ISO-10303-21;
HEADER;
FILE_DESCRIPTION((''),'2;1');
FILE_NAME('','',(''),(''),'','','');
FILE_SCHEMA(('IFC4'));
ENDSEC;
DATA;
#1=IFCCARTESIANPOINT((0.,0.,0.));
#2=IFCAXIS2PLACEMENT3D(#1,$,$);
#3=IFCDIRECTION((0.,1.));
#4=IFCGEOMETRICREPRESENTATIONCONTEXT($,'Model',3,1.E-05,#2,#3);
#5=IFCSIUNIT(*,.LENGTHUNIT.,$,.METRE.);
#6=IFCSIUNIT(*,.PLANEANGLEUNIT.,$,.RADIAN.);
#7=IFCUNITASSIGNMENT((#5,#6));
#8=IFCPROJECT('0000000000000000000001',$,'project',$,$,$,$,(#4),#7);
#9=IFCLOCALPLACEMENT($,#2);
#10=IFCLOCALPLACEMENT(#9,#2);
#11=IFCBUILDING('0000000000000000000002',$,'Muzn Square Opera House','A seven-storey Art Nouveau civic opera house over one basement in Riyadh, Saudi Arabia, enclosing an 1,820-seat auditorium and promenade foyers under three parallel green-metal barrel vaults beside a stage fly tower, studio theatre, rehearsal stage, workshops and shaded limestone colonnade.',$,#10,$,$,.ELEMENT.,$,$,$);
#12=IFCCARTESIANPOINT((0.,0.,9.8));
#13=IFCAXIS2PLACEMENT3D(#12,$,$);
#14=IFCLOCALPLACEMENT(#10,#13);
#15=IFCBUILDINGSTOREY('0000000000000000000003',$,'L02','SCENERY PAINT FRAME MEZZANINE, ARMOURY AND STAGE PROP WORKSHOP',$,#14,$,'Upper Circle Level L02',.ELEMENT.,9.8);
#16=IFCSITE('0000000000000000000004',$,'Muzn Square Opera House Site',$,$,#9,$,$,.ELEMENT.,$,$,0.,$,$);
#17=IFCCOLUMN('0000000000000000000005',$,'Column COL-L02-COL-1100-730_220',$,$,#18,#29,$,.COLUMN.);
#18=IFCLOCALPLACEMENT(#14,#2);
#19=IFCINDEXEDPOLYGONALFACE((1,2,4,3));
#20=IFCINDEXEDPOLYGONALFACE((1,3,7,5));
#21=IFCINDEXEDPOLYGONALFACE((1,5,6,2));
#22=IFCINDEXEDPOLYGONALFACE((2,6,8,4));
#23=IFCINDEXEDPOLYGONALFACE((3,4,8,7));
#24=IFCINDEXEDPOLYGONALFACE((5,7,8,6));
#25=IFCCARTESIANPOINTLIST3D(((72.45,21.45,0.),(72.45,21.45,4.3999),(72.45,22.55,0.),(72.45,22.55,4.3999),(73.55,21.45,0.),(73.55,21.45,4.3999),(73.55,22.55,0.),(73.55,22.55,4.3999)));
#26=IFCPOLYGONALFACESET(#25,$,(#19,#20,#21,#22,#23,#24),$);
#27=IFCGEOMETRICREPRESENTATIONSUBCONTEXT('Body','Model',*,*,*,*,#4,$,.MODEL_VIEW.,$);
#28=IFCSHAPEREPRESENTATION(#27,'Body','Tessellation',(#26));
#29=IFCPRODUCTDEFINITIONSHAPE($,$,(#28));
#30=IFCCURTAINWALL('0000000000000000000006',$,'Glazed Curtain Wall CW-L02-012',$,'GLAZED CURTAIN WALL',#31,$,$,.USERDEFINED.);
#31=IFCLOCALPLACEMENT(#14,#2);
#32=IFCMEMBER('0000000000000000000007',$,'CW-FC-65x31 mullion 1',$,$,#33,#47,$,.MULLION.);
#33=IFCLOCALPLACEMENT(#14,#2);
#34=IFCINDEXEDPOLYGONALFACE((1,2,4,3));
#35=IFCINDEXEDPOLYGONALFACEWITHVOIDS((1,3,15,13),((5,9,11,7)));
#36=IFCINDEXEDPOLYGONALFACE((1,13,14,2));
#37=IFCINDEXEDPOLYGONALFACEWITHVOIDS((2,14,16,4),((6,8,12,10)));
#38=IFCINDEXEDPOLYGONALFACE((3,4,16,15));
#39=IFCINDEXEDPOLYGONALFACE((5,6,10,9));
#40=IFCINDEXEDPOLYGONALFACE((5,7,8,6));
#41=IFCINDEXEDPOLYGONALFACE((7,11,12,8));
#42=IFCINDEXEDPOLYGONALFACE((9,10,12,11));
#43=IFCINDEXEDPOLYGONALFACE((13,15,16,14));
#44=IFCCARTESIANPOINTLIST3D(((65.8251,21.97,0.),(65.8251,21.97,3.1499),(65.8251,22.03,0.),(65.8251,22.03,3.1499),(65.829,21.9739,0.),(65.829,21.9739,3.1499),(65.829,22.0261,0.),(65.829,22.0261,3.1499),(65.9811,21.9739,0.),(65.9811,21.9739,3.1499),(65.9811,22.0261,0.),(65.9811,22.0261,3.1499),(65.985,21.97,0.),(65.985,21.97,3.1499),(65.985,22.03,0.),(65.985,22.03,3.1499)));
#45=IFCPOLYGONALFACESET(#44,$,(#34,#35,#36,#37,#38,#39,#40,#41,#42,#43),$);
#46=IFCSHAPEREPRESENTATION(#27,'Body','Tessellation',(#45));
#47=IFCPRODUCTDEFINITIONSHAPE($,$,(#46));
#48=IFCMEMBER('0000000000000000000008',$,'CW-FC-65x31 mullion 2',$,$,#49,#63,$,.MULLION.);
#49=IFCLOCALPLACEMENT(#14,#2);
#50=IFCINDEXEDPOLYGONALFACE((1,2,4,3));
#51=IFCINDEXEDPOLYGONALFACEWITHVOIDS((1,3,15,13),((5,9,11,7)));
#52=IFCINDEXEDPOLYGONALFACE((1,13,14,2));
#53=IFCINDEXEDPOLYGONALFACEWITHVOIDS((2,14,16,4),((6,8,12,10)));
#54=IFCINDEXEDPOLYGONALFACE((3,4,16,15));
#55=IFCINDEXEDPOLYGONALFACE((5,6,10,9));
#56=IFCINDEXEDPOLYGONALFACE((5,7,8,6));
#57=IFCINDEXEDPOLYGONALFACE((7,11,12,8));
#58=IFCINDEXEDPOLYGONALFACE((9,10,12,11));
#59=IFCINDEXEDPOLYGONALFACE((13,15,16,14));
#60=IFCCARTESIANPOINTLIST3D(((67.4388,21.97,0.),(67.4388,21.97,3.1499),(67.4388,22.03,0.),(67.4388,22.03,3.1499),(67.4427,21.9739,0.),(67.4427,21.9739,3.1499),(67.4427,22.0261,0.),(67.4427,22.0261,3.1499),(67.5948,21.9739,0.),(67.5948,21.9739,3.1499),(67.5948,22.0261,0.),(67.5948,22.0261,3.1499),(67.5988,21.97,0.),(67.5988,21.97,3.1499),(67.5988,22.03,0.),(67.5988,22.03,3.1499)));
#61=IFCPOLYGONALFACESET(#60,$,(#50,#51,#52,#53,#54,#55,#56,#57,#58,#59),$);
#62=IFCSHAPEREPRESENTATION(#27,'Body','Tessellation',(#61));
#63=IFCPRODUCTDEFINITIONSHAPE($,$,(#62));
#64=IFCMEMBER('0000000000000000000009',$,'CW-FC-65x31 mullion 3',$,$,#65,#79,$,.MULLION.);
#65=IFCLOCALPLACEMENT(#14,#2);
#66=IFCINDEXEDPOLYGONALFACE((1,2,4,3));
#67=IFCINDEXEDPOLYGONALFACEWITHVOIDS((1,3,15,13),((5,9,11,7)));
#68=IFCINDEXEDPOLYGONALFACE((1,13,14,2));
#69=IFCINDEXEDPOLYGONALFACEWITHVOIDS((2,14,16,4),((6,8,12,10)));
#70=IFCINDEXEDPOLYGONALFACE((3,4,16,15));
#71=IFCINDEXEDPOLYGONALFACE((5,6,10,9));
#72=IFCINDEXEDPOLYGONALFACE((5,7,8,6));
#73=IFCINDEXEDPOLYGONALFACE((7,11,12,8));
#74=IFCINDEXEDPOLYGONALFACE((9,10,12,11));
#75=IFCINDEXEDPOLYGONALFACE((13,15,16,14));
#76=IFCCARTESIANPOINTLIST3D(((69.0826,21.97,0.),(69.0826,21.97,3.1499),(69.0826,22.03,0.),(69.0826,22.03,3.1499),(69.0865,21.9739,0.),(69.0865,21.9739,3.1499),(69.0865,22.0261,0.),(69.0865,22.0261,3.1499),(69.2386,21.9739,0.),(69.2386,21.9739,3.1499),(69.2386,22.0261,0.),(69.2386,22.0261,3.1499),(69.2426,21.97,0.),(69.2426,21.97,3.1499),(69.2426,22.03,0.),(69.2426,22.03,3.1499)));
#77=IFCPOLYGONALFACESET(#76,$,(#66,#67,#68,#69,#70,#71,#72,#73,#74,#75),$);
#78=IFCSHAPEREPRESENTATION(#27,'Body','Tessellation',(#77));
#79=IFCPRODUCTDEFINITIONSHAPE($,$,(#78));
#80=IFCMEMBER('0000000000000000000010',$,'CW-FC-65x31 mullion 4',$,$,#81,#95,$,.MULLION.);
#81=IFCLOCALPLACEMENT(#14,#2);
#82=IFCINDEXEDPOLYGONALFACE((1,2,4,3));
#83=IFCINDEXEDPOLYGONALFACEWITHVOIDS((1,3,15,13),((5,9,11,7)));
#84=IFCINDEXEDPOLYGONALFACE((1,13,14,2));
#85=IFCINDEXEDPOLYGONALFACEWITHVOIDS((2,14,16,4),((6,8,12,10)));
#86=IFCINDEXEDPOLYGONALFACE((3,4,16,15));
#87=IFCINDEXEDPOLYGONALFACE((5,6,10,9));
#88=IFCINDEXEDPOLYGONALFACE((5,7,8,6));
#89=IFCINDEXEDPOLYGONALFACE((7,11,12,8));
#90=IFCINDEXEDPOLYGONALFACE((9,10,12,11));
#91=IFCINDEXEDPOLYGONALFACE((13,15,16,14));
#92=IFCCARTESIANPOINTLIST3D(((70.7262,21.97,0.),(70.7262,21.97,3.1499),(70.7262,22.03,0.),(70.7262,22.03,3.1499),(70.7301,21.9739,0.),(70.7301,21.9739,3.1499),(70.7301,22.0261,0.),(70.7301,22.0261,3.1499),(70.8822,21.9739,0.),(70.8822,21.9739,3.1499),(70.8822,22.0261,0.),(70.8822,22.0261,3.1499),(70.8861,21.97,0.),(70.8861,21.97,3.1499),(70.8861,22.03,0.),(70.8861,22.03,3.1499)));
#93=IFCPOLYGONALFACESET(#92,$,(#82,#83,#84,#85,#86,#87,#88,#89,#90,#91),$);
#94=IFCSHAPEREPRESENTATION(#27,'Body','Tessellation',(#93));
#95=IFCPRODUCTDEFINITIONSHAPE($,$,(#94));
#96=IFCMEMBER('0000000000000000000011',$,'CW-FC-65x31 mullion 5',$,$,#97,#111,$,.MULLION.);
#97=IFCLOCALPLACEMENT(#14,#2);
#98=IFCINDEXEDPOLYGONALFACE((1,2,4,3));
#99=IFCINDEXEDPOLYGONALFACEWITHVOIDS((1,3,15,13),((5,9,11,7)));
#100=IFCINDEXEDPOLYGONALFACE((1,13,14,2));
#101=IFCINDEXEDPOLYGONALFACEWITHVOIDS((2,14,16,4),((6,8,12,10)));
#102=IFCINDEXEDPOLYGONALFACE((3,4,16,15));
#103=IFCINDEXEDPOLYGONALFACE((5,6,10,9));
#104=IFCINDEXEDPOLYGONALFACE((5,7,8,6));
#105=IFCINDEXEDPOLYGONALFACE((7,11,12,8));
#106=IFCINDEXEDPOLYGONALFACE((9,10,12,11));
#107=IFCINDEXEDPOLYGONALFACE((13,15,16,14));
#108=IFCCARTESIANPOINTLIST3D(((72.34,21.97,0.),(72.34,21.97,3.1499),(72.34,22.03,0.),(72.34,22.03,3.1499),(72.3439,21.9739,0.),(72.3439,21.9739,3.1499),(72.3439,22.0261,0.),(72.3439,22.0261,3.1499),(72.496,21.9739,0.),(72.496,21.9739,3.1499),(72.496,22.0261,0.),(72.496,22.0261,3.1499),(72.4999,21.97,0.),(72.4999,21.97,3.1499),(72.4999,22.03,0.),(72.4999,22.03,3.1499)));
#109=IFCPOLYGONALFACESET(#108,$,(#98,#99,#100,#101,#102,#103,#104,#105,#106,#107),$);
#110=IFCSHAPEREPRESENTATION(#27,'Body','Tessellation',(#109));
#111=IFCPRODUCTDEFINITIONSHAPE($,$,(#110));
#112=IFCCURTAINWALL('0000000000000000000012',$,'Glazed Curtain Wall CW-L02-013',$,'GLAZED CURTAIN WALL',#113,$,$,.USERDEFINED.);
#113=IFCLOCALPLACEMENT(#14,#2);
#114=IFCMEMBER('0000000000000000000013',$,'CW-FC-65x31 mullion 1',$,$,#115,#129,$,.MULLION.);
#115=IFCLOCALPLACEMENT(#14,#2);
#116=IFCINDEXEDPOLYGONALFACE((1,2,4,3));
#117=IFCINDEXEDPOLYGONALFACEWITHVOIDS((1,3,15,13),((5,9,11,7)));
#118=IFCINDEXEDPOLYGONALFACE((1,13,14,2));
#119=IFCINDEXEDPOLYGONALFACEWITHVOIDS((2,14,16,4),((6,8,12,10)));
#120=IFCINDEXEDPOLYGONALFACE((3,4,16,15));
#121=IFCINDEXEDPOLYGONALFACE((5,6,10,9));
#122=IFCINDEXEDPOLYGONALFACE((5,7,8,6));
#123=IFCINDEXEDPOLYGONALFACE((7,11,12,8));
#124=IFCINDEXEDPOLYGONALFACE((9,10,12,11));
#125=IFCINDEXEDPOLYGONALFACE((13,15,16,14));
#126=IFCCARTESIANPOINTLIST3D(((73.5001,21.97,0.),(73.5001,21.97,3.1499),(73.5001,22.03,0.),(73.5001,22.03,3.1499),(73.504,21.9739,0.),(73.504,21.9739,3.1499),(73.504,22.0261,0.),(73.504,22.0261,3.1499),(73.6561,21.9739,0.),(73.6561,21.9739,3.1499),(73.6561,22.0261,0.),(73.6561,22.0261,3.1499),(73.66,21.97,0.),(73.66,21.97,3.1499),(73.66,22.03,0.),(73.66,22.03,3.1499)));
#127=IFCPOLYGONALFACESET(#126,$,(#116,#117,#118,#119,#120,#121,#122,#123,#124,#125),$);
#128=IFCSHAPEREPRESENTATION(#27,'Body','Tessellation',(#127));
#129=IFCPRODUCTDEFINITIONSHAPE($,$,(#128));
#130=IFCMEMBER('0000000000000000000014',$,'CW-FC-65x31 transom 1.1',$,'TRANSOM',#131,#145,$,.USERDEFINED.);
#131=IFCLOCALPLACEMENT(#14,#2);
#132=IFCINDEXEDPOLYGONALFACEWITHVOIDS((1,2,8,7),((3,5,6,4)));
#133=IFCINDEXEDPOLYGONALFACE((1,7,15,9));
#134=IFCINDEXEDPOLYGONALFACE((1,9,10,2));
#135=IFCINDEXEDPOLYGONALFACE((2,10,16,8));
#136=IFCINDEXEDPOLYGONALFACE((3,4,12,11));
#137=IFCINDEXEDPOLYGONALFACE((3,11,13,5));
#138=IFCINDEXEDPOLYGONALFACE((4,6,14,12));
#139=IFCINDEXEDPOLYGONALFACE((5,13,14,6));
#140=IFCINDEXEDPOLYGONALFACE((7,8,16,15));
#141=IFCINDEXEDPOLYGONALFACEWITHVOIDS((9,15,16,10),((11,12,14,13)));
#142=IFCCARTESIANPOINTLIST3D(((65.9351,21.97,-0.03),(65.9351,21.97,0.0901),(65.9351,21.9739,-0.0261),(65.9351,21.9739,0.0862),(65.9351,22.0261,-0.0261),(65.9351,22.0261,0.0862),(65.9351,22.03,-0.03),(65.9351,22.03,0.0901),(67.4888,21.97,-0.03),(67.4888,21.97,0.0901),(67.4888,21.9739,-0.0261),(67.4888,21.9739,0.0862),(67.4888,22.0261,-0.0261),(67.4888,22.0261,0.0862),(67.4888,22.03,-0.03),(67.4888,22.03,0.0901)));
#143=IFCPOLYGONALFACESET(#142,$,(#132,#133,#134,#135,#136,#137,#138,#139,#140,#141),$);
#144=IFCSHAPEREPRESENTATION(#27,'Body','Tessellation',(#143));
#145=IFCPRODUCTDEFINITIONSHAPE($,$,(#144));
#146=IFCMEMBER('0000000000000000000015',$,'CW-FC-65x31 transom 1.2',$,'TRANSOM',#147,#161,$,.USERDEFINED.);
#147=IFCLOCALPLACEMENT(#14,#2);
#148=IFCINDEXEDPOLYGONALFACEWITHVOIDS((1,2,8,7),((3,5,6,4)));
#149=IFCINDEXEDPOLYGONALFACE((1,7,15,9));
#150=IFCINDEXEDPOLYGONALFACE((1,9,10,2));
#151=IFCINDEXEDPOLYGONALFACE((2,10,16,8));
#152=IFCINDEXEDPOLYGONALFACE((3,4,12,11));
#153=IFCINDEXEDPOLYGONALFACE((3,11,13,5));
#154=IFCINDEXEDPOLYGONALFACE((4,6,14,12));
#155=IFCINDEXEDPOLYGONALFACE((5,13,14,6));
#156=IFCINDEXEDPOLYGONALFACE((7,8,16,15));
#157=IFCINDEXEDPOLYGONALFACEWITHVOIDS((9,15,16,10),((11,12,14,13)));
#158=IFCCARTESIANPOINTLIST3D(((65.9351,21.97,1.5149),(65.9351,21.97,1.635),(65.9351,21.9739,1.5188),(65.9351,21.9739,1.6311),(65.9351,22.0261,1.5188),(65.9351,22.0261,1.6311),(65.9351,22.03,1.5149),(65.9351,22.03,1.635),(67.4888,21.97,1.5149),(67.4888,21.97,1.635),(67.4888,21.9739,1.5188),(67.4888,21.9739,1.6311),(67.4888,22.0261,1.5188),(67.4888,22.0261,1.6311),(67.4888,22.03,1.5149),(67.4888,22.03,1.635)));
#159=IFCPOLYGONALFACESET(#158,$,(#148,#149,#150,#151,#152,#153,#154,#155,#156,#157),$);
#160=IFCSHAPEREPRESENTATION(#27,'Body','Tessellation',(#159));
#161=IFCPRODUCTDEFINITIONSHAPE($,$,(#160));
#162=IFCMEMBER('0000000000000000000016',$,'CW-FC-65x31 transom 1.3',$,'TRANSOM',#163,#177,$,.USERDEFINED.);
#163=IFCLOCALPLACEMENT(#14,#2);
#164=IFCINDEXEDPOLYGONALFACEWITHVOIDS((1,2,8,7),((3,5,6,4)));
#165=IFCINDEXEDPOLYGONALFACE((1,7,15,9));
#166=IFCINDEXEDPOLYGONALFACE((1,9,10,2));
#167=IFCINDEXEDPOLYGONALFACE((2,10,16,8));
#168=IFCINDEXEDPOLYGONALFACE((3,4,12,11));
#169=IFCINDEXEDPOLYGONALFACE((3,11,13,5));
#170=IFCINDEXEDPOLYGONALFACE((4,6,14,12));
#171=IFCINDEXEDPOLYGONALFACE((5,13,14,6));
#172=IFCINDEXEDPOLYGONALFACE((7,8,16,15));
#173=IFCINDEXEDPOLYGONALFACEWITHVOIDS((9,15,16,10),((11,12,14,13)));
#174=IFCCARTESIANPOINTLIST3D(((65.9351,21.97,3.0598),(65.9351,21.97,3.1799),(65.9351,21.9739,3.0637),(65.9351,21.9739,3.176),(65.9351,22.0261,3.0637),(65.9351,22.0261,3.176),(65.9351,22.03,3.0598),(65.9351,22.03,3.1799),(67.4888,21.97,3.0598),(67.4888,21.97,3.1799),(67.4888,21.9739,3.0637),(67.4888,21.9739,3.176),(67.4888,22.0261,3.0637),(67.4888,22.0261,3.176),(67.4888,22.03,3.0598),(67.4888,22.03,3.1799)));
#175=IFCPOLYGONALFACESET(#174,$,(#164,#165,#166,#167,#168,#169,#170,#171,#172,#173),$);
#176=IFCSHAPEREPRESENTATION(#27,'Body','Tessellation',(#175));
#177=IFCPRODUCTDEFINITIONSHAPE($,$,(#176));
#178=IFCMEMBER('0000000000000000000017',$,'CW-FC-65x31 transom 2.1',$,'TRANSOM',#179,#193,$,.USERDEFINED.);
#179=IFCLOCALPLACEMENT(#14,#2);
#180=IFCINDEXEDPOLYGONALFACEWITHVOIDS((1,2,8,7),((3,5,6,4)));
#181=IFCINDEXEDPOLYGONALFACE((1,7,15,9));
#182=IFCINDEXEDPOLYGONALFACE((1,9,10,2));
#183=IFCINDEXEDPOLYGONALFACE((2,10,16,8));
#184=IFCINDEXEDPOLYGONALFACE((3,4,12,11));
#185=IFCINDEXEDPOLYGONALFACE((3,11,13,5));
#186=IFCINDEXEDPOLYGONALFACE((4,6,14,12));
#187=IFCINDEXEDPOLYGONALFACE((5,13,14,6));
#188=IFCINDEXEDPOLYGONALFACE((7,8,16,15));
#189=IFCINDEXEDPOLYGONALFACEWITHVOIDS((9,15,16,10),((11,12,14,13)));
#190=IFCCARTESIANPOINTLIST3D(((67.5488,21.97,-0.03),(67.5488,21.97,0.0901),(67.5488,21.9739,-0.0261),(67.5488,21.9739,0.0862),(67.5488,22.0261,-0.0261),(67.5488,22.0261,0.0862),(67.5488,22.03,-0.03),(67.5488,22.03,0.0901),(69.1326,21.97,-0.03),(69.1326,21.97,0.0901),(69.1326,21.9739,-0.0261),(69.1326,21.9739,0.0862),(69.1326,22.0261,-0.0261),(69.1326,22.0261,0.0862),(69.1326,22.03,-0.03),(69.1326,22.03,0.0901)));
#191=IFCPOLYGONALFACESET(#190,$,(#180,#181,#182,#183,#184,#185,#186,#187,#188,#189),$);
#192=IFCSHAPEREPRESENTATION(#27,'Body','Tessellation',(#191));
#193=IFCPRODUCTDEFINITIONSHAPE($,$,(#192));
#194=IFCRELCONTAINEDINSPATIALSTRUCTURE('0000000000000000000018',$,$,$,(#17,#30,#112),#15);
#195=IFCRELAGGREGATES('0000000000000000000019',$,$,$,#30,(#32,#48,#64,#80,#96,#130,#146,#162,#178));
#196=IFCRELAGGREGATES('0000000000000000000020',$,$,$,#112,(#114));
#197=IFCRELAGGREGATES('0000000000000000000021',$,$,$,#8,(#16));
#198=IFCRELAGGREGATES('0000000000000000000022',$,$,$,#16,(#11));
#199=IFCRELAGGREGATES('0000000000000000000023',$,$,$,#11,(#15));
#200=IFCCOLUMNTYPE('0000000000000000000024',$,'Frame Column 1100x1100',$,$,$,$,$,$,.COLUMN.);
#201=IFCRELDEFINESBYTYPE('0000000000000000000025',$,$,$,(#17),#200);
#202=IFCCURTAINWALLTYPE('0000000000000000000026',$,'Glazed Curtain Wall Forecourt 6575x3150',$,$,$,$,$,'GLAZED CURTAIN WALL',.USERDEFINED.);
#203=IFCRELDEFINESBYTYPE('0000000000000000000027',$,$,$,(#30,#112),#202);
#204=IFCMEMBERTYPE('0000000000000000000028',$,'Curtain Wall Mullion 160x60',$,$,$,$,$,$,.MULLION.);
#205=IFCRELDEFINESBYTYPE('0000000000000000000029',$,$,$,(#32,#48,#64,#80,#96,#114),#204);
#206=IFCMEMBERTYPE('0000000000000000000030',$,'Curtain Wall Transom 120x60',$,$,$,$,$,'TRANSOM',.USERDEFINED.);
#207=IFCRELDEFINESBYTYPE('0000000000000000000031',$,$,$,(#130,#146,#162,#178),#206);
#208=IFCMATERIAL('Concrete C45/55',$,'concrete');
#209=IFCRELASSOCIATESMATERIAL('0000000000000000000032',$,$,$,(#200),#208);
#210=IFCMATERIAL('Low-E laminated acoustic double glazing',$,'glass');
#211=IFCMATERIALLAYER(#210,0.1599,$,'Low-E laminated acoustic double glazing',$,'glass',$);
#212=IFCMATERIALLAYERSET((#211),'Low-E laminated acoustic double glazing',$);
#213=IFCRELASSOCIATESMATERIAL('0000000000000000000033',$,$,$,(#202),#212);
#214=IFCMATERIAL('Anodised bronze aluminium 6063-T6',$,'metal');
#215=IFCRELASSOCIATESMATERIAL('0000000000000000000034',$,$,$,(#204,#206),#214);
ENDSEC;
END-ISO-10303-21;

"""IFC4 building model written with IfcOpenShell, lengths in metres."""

from ifc_helpers import new_model, si_unit, direction, frame, origin, origin_2d, place, context, subcontext, project, spatial, rectangle, hollow_rectangle, extrude, material, layer, layer_set, material_profile, profile_set, type_object, element, aggregate, save


model = new_model("IFC4")

# Units and contexts
model_context = context("Model", 3, precision=1e-05, world=origin(), true_north=direction((0.0, 1.0)))
body_context = subcontext(model_context, "Body", "Model", "MODEL_VIEW")
ifc_project = project(units=[si_unit("LENGTHUNIT", "METRE"), si_unit("PLANEANGLEUNIT", "RADIAN")], contexts=[model_context])

# Site, building, storey
site_placement = place(None, origin())
site = spatial("IfcSite", under=ifc_project, at=site_placement, Name="Muzn Square Opera House Site", CompositionType="ELEMENT", RefElevation=0.0)
building_placement = place(site_placement, origin())
building = spatial("IfcBuilding", under=site, at=building_placement, Name="Muzn Square Opera House", Description="A seven-storey Art Nouveau civic opera house over one basement in Riyadh, Saudi Arabia, enclosing an 1,820-seat auditorium and promenade foyers under three parallel green-metal barrel vaults beside a stage fly tower, studio theatre, rehearsal stage, workshops and shaded limestone colonnade.", CompositionType="ELEMENT")
storey_placement = place(building_placement, frame((0.0, 0.0, 9.8)))
storey = spatial("IfcBuildingStorey", under=building, at=storey_placement, Name="L02", Description="SCENERY PAINT FRAME MEZZANINE, ARMOURY AND STAGE PROP WORKSHOP", LongName="Upper Circle Level L02", CompositionType="ELEMENT", Elevation=9.8)

# Column
ifc_material_1 = material(Name="Concrete C45/55", Category="concrete")
ifc_material_profile_1 = material_profile(ifc_material_1, rectangle(XDim=1.1001, YDim=1.1001, at=origin_2d()), Name="RC 1100x1100", Category="concrete")
ifc_profile_set_1 = profile_set([ifc_material_profile_1], Name="Concrete C45/55")
column_type = type_object("IfcColumnType", Name="Frame Column 1100x1100", PredefinedType="COLUMN", material=ifc_profile_set_1)
column_placement = place(storey_placement, frame((73.0, 22.0, 0.0), z_axis=(0.0, 0.0, 1.0), x_axis=(1.0, 0.0, 0.0)))
element("IfcColumn", 1, at=column_placement, inside=storey, type_object=column_type, Name="Column COL-L02-COL-1100-730_220", PredefinedType="COLUMN", context=body_context, shape_type="SweptSolid", body=[
    extrude(rectangle(XDim=1.1001, YDim=1.1001, at=origin_2d()), origin(), (0.0, 0.0, 1.0), 4.3999),
])

# Curtain wall, members
ifc_material_2 = material(Name="Low-E laminated acoustic double glazing", Category="glass")
ifc_layer_1 = layer(ifc_material_2, 0.1599, Name="Low-E laminated acoustic double glazing", Category="glass")
ifc_layer_set_1 = layer_set([ifc_layer_1], Name="Low-E laminated acoustic double glazing")
curtain_wall_type = type_object("IfcCurtainWallType", Name="Glazed Curtain Wall Forecourt 6575x3150", ElementType="GLAZED CURTAIN WALL", PredefinedType="USERDEFINED", material=ifc_layer_set_1)
curtain_wall_1_placement = place(storey_placement, origin())
curtain_wall_1 = element("IfcCurtainWall", 2, at=curtain_wall_1_placement, inside=storey, type_object=curtain_wall_type, Name="Glazed Curtain Wall CW-L02-012", ObjectType="GLAZED CURTAIN WALL", PredefinedType="USERDEFINED")
ifc_material_3 = material(Name="Anodised bronze aluminium 6063-T6", Category="metal")
ifc_material_profile_2 = material_profile(ifc_material_3, hollow_rectangle(XDim=0.0601, YDim=0.1599, WallThickness=0.0039, at=origin_2d()), Name="ALU 160x60x4", Category="metal")
ifc_profile_set_2 = profile_set([ifc_material_profile_2], Name="Anodised bronze aluminium 6063-T6")
member_type_1 = type_object("IfcMemberType", Name="Curtain Wall Mullion 160x60", PredefinedType="MULLION", material=ifc_profile_set_2)
member_1_placement = place(storey_placement, frame((65.905, 22.0, 0.0), z_axis=(0.0, 0.0, 1.0), x_axis=(0.0, 1.0, 0.0)))
member_1 = element("IfcMember", 3, at=member_1_placement, type_object=member_type_1, Name="CW-FC-65x31 mullion 1", PredefinedType="MULLION", context=body_context, shape_type="SweptSolid", body=[
    extrude(hollow_rectangle(XDim=0.0601, YDim=0.1599, WallThickness=0.0039, at=origin_2d()), origin(), (0.0, 0.0, 1.0), 3.1499),
])
member_2_placement = place(storey_placement, frame((67.5188, 22.0, 0.0), z_axis=(0.0, 0.0, 1.0), x_axis=(0.0, 1.0, 0.0)))
member_2 = element("IfcMember", 4, at=member_2_placement, type_object=member_type_1, Name="CW-FC-65x31 mullion 2", PredefinedType="MULLION", context=body_context, shape_type="SweptSolid", body=[
    extrude(hollow_rectangle(XDim=0.0601, YDim=0.1599, WallThickness=0.0039, at=origin_2d()), origin(), (0.0, 0.0, 1.0), 3.1499),
])
member_3_placement = place(storey_placement, frame((69.1626, 22.0, 0.0), z_axis=(0.0, 0.0, 1.0), x_axis=(0.0, 1.0, 0.0)))
member_3 = element("IfcMember", 5, at=member_3_placement, type_object=member_type_1, Name="CW-FC-65x31 mullion 3", PredefinedType="MULLION", context=body_context, shape_type="SweptSolid", body=[
    extrude(hollow_rectangle(XDim=0.0601, YDim=0.1599, WallThickness=0.0039, at=origin_2d()), origin(), (0.0, 0.0, 1.0), 3.1499),
])
member_4_placement = place(storey_placement, frame((70.8062, 22.0, 0.0), z_axis=(0.0, 0.0, 1.0), x_axis=(0.0, 1.0, 0.0)))
member_4 = element("IfcMember", 6, at=member_4_placement, type_object=member_type_1, Name="CW-FC-65x31 mullion 4", PredefinedType="MULLION", context=body_context, shape_type="SweptSolid", body=[
    extrude(hollow_rectangle(XDim=0.0601, YDim=0.1599, WallThickness=0.0039, at=origin_2d()), origin(), (0.0, 0.0, 1.0), 3.1499),
])
member_5_placement = place(storey_placement, frame((72.4199, 22.0, 0.0), z_axis=(0.0, 0.0, 1.0), x_axis=(0.0, 1.0, 0.0)))
member_5 = element("IfcMember", 7, at=member_5_placement, type_object=member_type_1, Name="CW-FC-65x31 mullion 5", PredefinedType="MULLION", context=body_context, shape_type="SweptSolid", body=[
    extrude(hollow_rectangle(XDim=0.0601, YDim=0.1599, WallThickness=0.0039, at=origin_2d()), origin(), (0.0, 0.0, 1.0), 3.1499),
])

# Curtain wall, member
curtain_wall_2_placement = place(storey_placement, origin())
curtain_wall_2 = element("IfcCurtainWall", 8, at=curtain_wall_2_placement, inside=storey, type_object=curtain_wall_type, Name="Glazed Curtain Wall CW-L02-013", ObjectType="GLAZED CURTAIN WALL", PredefinedType="USERDEFINED")
member_6_placement = place(storey_placement, frame((73.5801, 22.0, 0.0), z_axis=(0.0, 0.0, 1.0), x_axis=(0.0, 1.0, 0.0)))
member_6 = element("IfcMember", 9, at=member_6_placement, type_object=member_type_1, Name="CW-FC-65x31 mullion 1", PredefinedType="MULLION", context=body_context, shape_type="SweptSolid", body=[
    extrude(hollow_rectangle(XDim=0.0601, YDim=0.1599, WallThickness=0.0039, at=origin_2d()), origin(), (0.0, 0.0, 1.0), 3.1499),
])

# Members
ifc_material_profile_3 = material_profile(ifc_material_3, hollow_rectangle(XDim=0.0601, YDim=0.1201, WallThickness=0.0039, at=origin_2d()), Name="ALU 120x60x4", Category="metal")
ifc_profile_set_3 = profile_set([ifc_material_profile_3], Name="Anodised bronze aluminium 6063-T6")
member_type_2 = type_object("IfcMemberType", Name="Curtain Wall Transom 120x60", ElementType="TRANSOM", PredefinedType="USERDEFINED", material=ifc_profile_set_3)
member_7_placement = place(storey_placement, frame((65.9351, 22.0, 0.03), z_axis=(1.0, 0.0, 0.0), x_axis=(0.0, 1.0, 0.0)))
member_7 = element("IfcMember", 10, at=member_7_placement, type_object=member_type_2, Name="CW-FC-65x31 transom 1.1", ObjectType="TRANSOM", PredefinedType="USERDEFINED", context=body_context, shape_type="SweptSolid", body=[
    extrude(hollow_rectangle(XDim=0.0601, YDim=0.1201, WallThickness=0.0039, at=origin_2d()), origin(), (0.0, 0.0, 1.0), 1.5537),
])
member_8_placement = place(storey_placement, frame((65.9351, 22.0, 1.575), z_axis=(1.0, 0.0, 0.0), x_axis=(0.0, 1.0, 0.0)))
member_8 = element("IfcMember", 11, at=member_8_placement, type_object=member_type_2, Name="CW-FC-65x31 transom 1.2", ObjectType="TRANSOM", PredefinedType="USERDEFINED", context=body_context, shape_type="SweptSolid", body=[
    extrude(hollow_rectangle(XDim=0.0601, YDim=0.1201, WallThickness=0.0039, at=origin_2d()), origin(), (0.0, 0.0, 1.0), 1.5537),
])
member_9_placement = place(storey_placement, frame((65.9351, 22.0, 3.1199), z_axis=(1.0, 0.0, 0.0), x_axis=(0.0, 1.0, 0.0)))
member_9 = element("IfcMember", 12, at=member_9_placement, type_object=member_type_2, Name="CW-FC-65x31 transom 1.3", ObjectType="TRANSOM", PredefinedType="USERDEFINED", context=body_context, shape_type="SweptSolid", body=[
    extrude(hollow_rectangle(XDim=0.0601, YDim=0.1201, WallThickness=0.0039, at=origin_2d()), origin(), (0.0, 0.0, 1.0), 1.5537),
])
member_10_placement = place(storey_placement, frame((67.5488, 22.0, 0.03), z_axis=(1.0, 0.0, 0.0), x_axis=(0.0, 1.0, 0.0)))
member_10 = element("IfcMember", 13, at=member_10_placement, type_object=member_type_2, Name="CW-FC-65x31 transom 2.1", ObjectType="TRANSOM", PredefinedType="USERDEFINED", context=body_context, shape_type="SweptSolid", body=[
    extrude(hollow_rectangle(XDim=0.0601, YDim=0.1201, WallThickness=0.0039, at=origin_2d()), origin(), (0.0, 0.0, 1.0), 1.5837),
])

aggregate(curtain_wall_1, [member_1, member_2, member_3, member_4, member_5, member_7, member_8, member_9, member_10])
aggregate(curtain_wall_2, [member_6])

save(model, "model.ifc")
